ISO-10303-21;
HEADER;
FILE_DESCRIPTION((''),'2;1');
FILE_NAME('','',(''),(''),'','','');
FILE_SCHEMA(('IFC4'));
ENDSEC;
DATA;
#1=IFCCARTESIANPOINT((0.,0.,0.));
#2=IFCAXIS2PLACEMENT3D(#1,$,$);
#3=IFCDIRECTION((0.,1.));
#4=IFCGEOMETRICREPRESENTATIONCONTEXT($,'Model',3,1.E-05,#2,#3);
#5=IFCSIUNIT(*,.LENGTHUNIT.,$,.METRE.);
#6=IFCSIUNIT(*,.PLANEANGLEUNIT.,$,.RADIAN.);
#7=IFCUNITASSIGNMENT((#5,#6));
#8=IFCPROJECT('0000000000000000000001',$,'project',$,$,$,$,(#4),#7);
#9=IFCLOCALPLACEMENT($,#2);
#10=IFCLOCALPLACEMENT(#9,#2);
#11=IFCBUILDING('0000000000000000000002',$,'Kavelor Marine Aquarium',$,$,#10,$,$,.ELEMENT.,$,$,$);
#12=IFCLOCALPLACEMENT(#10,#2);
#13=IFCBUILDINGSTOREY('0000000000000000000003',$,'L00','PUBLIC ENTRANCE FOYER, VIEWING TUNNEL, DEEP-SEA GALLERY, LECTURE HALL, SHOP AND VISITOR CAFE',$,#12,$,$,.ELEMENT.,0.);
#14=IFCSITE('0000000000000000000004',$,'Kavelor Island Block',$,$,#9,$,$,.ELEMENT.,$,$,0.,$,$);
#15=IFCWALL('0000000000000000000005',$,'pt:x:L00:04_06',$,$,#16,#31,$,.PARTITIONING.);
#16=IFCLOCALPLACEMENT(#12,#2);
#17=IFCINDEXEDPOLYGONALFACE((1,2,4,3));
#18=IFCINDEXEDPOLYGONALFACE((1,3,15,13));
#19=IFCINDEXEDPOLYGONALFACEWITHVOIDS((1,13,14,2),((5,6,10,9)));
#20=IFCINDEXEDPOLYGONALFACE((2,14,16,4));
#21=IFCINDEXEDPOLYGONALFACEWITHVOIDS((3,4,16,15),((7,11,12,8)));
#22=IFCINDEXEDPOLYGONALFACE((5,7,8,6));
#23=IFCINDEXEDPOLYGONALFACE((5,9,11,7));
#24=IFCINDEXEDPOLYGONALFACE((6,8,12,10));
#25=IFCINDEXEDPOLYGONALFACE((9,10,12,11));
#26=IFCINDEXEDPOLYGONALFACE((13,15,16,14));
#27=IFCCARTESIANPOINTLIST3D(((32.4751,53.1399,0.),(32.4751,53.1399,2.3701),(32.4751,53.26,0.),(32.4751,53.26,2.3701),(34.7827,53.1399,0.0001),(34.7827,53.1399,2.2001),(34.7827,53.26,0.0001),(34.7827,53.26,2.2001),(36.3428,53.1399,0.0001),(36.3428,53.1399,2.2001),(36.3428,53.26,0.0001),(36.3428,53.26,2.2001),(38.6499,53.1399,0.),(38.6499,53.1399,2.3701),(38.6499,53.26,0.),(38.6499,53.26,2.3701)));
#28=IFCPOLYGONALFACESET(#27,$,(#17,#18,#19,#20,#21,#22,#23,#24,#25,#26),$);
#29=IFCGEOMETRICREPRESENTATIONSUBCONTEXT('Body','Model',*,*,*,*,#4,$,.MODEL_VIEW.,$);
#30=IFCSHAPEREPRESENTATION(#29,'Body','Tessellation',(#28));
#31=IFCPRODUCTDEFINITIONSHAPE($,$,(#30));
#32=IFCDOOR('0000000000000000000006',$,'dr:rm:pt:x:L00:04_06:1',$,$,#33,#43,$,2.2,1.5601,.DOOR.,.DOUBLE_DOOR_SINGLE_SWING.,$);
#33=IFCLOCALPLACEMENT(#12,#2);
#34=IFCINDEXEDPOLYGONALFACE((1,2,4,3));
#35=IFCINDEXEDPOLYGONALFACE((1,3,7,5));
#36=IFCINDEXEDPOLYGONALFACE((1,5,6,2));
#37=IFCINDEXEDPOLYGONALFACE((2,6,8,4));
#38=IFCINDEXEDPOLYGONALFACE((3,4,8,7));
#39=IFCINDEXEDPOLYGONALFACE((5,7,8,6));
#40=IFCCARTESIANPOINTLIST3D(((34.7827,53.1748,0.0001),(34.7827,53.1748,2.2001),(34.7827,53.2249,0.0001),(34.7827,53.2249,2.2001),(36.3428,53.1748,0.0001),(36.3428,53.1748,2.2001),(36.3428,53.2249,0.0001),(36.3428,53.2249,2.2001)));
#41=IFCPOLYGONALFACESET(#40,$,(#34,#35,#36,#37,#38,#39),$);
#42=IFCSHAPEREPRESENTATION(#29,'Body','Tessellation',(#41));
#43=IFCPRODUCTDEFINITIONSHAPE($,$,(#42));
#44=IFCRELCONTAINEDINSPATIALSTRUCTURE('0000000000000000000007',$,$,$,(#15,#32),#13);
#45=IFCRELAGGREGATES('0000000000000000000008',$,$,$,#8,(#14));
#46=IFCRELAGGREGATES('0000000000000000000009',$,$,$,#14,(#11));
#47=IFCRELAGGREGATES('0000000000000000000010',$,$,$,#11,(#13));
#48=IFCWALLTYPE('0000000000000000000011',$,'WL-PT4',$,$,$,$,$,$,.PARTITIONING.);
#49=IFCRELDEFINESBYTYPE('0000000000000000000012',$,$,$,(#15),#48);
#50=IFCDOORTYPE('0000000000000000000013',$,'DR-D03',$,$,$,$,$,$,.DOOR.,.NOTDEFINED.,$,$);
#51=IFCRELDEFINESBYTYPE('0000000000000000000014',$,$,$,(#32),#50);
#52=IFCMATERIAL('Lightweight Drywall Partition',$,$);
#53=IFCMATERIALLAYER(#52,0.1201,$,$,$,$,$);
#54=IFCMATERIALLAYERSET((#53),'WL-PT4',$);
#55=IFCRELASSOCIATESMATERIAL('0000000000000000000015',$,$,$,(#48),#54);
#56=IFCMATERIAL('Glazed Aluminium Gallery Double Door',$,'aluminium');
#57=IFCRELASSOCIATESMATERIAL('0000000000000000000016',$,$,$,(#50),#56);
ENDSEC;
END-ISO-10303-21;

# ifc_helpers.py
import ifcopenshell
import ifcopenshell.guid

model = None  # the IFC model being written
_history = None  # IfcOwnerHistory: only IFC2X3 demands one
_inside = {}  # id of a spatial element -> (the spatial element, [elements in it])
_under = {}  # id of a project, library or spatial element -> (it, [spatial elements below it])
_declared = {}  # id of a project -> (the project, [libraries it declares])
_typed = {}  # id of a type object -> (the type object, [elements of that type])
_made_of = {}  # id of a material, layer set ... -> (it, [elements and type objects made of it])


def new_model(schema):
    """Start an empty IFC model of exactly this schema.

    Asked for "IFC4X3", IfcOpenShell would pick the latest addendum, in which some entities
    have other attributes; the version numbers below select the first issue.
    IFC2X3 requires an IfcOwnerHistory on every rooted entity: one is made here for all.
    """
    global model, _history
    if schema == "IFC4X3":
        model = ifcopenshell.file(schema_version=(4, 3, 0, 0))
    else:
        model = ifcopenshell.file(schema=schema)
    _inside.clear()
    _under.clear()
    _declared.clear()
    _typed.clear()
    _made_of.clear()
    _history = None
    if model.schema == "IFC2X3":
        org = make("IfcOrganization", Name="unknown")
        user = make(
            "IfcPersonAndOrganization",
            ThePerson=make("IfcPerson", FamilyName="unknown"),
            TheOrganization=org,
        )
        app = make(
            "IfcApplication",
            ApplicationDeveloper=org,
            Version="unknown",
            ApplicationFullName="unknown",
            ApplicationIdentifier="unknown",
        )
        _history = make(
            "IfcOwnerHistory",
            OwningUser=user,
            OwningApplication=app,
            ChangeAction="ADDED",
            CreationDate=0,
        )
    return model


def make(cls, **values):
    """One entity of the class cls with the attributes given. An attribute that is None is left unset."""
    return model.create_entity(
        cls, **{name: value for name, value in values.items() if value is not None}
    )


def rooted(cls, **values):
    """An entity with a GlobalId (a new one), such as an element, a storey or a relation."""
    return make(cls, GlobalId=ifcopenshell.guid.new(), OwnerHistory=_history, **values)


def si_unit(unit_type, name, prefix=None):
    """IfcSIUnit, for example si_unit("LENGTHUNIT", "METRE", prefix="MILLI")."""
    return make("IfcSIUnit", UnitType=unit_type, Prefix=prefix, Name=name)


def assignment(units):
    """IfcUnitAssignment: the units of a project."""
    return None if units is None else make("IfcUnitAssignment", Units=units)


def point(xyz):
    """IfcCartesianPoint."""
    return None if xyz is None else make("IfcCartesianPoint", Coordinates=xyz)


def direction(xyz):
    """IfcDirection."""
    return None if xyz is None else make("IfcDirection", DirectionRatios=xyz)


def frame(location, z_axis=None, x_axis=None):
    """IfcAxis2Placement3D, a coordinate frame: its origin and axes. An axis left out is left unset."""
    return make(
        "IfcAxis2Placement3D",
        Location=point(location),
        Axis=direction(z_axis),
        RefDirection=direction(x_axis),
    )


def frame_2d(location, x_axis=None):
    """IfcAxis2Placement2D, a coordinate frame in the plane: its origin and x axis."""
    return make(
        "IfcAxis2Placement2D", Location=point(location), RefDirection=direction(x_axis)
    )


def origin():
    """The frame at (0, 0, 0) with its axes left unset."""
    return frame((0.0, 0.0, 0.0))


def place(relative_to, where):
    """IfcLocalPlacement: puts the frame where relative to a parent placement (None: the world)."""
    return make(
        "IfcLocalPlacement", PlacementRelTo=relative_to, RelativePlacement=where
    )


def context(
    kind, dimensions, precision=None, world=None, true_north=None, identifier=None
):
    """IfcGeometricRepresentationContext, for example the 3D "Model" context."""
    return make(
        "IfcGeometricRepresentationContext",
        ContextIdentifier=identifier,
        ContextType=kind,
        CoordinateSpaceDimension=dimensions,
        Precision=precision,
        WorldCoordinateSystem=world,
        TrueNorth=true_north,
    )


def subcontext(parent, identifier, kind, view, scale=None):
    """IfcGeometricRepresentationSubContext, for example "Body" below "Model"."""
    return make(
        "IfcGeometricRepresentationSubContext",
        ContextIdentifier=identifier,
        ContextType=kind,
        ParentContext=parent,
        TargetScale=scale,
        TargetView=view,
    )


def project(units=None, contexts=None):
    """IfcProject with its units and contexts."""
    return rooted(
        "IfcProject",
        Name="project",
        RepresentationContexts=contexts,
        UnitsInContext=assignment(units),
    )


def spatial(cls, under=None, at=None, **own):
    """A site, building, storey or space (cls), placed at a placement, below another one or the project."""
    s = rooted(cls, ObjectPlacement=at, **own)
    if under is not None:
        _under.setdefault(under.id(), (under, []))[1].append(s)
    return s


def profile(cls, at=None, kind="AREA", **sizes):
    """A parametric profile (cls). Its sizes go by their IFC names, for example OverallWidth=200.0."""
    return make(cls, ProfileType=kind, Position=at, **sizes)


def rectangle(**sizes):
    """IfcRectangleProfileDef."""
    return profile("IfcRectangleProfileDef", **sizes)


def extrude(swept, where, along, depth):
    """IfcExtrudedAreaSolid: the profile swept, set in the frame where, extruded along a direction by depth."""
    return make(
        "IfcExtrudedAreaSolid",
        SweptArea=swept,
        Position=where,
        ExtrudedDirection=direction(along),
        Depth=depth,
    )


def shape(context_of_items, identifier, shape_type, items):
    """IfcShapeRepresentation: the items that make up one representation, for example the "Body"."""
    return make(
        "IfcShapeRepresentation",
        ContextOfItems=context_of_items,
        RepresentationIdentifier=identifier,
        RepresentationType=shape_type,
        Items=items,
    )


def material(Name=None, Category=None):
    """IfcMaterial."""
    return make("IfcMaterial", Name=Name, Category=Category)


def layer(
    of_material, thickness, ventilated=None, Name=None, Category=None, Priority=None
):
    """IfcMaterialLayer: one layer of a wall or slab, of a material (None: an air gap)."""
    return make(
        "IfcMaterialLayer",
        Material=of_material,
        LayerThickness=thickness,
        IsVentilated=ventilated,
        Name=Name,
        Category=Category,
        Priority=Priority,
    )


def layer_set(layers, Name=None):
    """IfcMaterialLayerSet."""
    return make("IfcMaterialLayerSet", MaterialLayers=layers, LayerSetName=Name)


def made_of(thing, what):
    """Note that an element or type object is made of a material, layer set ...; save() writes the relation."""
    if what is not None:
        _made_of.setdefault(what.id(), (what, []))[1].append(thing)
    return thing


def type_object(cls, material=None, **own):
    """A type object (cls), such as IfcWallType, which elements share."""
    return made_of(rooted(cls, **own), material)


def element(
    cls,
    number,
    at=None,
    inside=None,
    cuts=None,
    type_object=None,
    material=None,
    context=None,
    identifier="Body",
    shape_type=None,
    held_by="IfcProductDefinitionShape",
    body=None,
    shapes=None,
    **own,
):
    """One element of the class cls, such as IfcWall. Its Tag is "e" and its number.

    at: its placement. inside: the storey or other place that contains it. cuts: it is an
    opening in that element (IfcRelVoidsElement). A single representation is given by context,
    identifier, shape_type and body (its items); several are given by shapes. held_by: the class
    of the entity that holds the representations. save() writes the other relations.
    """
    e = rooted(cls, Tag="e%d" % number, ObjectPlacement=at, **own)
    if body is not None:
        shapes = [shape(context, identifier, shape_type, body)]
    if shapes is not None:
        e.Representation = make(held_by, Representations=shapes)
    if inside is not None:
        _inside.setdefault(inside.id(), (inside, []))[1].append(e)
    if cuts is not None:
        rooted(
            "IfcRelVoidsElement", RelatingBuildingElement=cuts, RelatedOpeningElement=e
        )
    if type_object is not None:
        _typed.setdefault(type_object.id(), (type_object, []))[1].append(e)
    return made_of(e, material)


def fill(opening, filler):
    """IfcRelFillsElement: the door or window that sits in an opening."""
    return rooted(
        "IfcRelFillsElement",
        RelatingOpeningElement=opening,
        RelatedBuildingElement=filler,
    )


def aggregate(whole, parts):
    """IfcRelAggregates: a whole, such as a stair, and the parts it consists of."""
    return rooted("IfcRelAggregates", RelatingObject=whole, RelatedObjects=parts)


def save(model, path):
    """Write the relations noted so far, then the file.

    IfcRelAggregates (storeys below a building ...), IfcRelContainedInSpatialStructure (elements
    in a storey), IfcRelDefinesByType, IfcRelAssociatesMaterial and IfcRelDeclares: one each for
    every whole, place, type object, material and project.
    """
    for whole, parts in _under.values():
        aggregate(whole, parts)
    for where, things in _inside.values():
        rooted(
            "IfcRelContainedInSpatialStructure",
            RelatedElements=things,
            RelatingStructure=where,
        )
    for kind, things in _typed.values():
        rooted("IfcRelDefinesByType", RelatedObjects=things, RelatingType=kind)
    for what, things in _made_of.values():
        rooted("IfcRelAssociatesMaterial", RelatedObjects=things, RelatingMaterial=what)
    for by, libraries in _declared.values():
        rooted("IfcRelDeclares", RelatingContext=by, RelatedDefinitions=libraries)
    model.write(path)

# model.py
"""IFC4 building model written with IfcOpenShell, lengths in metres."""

from ifc_helpers import new_model, si_unit, direction, frame, frame_2d, origin, place, context, subcontext, project, spatial, rectangle, extrude, material, layer, layer_set, type_object, element, fill, save


model = new_model("IFC4")

# Units and contexts
model_context = context("Model", 3, precision=1e-05, world=origin(), true_north=direction((0.0, 1.0)))
body_context = subcontext(model_context, "Body", "Model", "MODEL_VIEW")
ifc_project = project(units=[si_unit("LENGTHUNIT", "METRE"), si_unit("PLANEANGLEUNIT", "RADIAN")], contexts=[model_context])

# Site, building, storey
site_placement = place(None, origin())
site = spatial("IfcSite", under=ifc_project, at=site_placement, Name="Kavelor Island Block", CompositionType="ELEMENT", RefElevation=0.0)
building_placement = place(site_placement, origin())
building = spatial("IfcBuilding", under=site, at=building_placement, Name="Kavelor Marine Aquarium", CompositionType="ELEMENT")
storey_placement = place(building_placement, origin())
storey = spatial("IfcBuildingStorey", under=building, at=storey_placement, Name="L00", Description="PUBLIC ENTRANCE FOYER, VIEWING TUNNEL, DEEP-SEA GALLERY, LECTURE HALL, SHOP AND VISITOR CAFE", CompositionType="ELEMENT", Elevation=0.0)

# Wall, opening, door
ifc_material_1 = material(Name="Lightweight Drywall Partition")
ifc_layer_1 = layer(ifc_material_1, 0.1201)
ifc_layer_set_1 = layer_set([ifc_layer_1], Name="WL-PT4")
wall_type = type_object("IfcWallType", Name="WL-PT4", PredefinedType="PARTITIONING", material=ifc_layer_set_1)
wall_placement = place(storey_placement, frame((32.4751, 53.2, 0.0), z_axis=(0.0, 0.0, 1.0), x_axis=(1.0, 0.0, 0.0)))
wall = element("IfcWall", 1, at=wall_placement, inside=storey, type_object=wall_type, Name="pt:x:L00:04_06", PredefinedType="PARTITIONING", context=body_context, shape_type="SweptSolid", body=[
    extrude(rectangle(XDim=6.1748, YDim=0.1201, at=frame_2d((3.0874, 0.0))), origin(), (0.0, 0.0, 1.0), 2.3701),
])
opening_placement = place(wall_placement, frame((2.3076, 0.0, 0.0)))
opening = element("IfcOpeningElement", 2, at=opening_placement, cuts=wall, PredefinedType="OPENING", context=body_context, shape_type="SweptSolid", body=[
    extrude(rectangle(XDim=1.5601, YDim=2.2, at=frame_2d((0.78, 1.1001))), frame((0.0, 0.0701, 0.0), z_axis=(0.0, -1.0, 0.0), x_axis=(1.0, 0.0, 0.0)), (0.0, 0.0, 1.0), 0.1401),
])
ifc_material_2 = material(Name="Glazed Aluminium Gallery Double Door", Category="aluminium")
door_type = type_object("IfcDoorType", Name="DR-D03", OperationType="NOTDEFINED", PredefinedType="DOOR", material=ifc_material_2)
door_placement = place(opening_placement, origin())
door = element("IfcDoor", 3, at=door_placement, inside=storey, type_object=door_type, Name="dr:rm:pt:x:L00:04_06:1", OperationType="DOUBLE_DOOR_SINGLE_SWING", OverallHeight=2.2, OverallWidth=1.5601, PredefinedType="DOOR", context=body_context, shape_type="SweptSolid", body=[
    extrude(rectangle(XDim=1.5601, YDim=2.2, at=frame_2d((0.78, 1.1001))), frame((0.0, 0.0249, 0.0), z_axis=(0.0, -1.0, 0.0), x_axis=(1.0, 0.0, 0.0)), (0.0, 0.0, 1.0), 0.05),
])
fill(opening, door)

save(model, "model.ifc")
